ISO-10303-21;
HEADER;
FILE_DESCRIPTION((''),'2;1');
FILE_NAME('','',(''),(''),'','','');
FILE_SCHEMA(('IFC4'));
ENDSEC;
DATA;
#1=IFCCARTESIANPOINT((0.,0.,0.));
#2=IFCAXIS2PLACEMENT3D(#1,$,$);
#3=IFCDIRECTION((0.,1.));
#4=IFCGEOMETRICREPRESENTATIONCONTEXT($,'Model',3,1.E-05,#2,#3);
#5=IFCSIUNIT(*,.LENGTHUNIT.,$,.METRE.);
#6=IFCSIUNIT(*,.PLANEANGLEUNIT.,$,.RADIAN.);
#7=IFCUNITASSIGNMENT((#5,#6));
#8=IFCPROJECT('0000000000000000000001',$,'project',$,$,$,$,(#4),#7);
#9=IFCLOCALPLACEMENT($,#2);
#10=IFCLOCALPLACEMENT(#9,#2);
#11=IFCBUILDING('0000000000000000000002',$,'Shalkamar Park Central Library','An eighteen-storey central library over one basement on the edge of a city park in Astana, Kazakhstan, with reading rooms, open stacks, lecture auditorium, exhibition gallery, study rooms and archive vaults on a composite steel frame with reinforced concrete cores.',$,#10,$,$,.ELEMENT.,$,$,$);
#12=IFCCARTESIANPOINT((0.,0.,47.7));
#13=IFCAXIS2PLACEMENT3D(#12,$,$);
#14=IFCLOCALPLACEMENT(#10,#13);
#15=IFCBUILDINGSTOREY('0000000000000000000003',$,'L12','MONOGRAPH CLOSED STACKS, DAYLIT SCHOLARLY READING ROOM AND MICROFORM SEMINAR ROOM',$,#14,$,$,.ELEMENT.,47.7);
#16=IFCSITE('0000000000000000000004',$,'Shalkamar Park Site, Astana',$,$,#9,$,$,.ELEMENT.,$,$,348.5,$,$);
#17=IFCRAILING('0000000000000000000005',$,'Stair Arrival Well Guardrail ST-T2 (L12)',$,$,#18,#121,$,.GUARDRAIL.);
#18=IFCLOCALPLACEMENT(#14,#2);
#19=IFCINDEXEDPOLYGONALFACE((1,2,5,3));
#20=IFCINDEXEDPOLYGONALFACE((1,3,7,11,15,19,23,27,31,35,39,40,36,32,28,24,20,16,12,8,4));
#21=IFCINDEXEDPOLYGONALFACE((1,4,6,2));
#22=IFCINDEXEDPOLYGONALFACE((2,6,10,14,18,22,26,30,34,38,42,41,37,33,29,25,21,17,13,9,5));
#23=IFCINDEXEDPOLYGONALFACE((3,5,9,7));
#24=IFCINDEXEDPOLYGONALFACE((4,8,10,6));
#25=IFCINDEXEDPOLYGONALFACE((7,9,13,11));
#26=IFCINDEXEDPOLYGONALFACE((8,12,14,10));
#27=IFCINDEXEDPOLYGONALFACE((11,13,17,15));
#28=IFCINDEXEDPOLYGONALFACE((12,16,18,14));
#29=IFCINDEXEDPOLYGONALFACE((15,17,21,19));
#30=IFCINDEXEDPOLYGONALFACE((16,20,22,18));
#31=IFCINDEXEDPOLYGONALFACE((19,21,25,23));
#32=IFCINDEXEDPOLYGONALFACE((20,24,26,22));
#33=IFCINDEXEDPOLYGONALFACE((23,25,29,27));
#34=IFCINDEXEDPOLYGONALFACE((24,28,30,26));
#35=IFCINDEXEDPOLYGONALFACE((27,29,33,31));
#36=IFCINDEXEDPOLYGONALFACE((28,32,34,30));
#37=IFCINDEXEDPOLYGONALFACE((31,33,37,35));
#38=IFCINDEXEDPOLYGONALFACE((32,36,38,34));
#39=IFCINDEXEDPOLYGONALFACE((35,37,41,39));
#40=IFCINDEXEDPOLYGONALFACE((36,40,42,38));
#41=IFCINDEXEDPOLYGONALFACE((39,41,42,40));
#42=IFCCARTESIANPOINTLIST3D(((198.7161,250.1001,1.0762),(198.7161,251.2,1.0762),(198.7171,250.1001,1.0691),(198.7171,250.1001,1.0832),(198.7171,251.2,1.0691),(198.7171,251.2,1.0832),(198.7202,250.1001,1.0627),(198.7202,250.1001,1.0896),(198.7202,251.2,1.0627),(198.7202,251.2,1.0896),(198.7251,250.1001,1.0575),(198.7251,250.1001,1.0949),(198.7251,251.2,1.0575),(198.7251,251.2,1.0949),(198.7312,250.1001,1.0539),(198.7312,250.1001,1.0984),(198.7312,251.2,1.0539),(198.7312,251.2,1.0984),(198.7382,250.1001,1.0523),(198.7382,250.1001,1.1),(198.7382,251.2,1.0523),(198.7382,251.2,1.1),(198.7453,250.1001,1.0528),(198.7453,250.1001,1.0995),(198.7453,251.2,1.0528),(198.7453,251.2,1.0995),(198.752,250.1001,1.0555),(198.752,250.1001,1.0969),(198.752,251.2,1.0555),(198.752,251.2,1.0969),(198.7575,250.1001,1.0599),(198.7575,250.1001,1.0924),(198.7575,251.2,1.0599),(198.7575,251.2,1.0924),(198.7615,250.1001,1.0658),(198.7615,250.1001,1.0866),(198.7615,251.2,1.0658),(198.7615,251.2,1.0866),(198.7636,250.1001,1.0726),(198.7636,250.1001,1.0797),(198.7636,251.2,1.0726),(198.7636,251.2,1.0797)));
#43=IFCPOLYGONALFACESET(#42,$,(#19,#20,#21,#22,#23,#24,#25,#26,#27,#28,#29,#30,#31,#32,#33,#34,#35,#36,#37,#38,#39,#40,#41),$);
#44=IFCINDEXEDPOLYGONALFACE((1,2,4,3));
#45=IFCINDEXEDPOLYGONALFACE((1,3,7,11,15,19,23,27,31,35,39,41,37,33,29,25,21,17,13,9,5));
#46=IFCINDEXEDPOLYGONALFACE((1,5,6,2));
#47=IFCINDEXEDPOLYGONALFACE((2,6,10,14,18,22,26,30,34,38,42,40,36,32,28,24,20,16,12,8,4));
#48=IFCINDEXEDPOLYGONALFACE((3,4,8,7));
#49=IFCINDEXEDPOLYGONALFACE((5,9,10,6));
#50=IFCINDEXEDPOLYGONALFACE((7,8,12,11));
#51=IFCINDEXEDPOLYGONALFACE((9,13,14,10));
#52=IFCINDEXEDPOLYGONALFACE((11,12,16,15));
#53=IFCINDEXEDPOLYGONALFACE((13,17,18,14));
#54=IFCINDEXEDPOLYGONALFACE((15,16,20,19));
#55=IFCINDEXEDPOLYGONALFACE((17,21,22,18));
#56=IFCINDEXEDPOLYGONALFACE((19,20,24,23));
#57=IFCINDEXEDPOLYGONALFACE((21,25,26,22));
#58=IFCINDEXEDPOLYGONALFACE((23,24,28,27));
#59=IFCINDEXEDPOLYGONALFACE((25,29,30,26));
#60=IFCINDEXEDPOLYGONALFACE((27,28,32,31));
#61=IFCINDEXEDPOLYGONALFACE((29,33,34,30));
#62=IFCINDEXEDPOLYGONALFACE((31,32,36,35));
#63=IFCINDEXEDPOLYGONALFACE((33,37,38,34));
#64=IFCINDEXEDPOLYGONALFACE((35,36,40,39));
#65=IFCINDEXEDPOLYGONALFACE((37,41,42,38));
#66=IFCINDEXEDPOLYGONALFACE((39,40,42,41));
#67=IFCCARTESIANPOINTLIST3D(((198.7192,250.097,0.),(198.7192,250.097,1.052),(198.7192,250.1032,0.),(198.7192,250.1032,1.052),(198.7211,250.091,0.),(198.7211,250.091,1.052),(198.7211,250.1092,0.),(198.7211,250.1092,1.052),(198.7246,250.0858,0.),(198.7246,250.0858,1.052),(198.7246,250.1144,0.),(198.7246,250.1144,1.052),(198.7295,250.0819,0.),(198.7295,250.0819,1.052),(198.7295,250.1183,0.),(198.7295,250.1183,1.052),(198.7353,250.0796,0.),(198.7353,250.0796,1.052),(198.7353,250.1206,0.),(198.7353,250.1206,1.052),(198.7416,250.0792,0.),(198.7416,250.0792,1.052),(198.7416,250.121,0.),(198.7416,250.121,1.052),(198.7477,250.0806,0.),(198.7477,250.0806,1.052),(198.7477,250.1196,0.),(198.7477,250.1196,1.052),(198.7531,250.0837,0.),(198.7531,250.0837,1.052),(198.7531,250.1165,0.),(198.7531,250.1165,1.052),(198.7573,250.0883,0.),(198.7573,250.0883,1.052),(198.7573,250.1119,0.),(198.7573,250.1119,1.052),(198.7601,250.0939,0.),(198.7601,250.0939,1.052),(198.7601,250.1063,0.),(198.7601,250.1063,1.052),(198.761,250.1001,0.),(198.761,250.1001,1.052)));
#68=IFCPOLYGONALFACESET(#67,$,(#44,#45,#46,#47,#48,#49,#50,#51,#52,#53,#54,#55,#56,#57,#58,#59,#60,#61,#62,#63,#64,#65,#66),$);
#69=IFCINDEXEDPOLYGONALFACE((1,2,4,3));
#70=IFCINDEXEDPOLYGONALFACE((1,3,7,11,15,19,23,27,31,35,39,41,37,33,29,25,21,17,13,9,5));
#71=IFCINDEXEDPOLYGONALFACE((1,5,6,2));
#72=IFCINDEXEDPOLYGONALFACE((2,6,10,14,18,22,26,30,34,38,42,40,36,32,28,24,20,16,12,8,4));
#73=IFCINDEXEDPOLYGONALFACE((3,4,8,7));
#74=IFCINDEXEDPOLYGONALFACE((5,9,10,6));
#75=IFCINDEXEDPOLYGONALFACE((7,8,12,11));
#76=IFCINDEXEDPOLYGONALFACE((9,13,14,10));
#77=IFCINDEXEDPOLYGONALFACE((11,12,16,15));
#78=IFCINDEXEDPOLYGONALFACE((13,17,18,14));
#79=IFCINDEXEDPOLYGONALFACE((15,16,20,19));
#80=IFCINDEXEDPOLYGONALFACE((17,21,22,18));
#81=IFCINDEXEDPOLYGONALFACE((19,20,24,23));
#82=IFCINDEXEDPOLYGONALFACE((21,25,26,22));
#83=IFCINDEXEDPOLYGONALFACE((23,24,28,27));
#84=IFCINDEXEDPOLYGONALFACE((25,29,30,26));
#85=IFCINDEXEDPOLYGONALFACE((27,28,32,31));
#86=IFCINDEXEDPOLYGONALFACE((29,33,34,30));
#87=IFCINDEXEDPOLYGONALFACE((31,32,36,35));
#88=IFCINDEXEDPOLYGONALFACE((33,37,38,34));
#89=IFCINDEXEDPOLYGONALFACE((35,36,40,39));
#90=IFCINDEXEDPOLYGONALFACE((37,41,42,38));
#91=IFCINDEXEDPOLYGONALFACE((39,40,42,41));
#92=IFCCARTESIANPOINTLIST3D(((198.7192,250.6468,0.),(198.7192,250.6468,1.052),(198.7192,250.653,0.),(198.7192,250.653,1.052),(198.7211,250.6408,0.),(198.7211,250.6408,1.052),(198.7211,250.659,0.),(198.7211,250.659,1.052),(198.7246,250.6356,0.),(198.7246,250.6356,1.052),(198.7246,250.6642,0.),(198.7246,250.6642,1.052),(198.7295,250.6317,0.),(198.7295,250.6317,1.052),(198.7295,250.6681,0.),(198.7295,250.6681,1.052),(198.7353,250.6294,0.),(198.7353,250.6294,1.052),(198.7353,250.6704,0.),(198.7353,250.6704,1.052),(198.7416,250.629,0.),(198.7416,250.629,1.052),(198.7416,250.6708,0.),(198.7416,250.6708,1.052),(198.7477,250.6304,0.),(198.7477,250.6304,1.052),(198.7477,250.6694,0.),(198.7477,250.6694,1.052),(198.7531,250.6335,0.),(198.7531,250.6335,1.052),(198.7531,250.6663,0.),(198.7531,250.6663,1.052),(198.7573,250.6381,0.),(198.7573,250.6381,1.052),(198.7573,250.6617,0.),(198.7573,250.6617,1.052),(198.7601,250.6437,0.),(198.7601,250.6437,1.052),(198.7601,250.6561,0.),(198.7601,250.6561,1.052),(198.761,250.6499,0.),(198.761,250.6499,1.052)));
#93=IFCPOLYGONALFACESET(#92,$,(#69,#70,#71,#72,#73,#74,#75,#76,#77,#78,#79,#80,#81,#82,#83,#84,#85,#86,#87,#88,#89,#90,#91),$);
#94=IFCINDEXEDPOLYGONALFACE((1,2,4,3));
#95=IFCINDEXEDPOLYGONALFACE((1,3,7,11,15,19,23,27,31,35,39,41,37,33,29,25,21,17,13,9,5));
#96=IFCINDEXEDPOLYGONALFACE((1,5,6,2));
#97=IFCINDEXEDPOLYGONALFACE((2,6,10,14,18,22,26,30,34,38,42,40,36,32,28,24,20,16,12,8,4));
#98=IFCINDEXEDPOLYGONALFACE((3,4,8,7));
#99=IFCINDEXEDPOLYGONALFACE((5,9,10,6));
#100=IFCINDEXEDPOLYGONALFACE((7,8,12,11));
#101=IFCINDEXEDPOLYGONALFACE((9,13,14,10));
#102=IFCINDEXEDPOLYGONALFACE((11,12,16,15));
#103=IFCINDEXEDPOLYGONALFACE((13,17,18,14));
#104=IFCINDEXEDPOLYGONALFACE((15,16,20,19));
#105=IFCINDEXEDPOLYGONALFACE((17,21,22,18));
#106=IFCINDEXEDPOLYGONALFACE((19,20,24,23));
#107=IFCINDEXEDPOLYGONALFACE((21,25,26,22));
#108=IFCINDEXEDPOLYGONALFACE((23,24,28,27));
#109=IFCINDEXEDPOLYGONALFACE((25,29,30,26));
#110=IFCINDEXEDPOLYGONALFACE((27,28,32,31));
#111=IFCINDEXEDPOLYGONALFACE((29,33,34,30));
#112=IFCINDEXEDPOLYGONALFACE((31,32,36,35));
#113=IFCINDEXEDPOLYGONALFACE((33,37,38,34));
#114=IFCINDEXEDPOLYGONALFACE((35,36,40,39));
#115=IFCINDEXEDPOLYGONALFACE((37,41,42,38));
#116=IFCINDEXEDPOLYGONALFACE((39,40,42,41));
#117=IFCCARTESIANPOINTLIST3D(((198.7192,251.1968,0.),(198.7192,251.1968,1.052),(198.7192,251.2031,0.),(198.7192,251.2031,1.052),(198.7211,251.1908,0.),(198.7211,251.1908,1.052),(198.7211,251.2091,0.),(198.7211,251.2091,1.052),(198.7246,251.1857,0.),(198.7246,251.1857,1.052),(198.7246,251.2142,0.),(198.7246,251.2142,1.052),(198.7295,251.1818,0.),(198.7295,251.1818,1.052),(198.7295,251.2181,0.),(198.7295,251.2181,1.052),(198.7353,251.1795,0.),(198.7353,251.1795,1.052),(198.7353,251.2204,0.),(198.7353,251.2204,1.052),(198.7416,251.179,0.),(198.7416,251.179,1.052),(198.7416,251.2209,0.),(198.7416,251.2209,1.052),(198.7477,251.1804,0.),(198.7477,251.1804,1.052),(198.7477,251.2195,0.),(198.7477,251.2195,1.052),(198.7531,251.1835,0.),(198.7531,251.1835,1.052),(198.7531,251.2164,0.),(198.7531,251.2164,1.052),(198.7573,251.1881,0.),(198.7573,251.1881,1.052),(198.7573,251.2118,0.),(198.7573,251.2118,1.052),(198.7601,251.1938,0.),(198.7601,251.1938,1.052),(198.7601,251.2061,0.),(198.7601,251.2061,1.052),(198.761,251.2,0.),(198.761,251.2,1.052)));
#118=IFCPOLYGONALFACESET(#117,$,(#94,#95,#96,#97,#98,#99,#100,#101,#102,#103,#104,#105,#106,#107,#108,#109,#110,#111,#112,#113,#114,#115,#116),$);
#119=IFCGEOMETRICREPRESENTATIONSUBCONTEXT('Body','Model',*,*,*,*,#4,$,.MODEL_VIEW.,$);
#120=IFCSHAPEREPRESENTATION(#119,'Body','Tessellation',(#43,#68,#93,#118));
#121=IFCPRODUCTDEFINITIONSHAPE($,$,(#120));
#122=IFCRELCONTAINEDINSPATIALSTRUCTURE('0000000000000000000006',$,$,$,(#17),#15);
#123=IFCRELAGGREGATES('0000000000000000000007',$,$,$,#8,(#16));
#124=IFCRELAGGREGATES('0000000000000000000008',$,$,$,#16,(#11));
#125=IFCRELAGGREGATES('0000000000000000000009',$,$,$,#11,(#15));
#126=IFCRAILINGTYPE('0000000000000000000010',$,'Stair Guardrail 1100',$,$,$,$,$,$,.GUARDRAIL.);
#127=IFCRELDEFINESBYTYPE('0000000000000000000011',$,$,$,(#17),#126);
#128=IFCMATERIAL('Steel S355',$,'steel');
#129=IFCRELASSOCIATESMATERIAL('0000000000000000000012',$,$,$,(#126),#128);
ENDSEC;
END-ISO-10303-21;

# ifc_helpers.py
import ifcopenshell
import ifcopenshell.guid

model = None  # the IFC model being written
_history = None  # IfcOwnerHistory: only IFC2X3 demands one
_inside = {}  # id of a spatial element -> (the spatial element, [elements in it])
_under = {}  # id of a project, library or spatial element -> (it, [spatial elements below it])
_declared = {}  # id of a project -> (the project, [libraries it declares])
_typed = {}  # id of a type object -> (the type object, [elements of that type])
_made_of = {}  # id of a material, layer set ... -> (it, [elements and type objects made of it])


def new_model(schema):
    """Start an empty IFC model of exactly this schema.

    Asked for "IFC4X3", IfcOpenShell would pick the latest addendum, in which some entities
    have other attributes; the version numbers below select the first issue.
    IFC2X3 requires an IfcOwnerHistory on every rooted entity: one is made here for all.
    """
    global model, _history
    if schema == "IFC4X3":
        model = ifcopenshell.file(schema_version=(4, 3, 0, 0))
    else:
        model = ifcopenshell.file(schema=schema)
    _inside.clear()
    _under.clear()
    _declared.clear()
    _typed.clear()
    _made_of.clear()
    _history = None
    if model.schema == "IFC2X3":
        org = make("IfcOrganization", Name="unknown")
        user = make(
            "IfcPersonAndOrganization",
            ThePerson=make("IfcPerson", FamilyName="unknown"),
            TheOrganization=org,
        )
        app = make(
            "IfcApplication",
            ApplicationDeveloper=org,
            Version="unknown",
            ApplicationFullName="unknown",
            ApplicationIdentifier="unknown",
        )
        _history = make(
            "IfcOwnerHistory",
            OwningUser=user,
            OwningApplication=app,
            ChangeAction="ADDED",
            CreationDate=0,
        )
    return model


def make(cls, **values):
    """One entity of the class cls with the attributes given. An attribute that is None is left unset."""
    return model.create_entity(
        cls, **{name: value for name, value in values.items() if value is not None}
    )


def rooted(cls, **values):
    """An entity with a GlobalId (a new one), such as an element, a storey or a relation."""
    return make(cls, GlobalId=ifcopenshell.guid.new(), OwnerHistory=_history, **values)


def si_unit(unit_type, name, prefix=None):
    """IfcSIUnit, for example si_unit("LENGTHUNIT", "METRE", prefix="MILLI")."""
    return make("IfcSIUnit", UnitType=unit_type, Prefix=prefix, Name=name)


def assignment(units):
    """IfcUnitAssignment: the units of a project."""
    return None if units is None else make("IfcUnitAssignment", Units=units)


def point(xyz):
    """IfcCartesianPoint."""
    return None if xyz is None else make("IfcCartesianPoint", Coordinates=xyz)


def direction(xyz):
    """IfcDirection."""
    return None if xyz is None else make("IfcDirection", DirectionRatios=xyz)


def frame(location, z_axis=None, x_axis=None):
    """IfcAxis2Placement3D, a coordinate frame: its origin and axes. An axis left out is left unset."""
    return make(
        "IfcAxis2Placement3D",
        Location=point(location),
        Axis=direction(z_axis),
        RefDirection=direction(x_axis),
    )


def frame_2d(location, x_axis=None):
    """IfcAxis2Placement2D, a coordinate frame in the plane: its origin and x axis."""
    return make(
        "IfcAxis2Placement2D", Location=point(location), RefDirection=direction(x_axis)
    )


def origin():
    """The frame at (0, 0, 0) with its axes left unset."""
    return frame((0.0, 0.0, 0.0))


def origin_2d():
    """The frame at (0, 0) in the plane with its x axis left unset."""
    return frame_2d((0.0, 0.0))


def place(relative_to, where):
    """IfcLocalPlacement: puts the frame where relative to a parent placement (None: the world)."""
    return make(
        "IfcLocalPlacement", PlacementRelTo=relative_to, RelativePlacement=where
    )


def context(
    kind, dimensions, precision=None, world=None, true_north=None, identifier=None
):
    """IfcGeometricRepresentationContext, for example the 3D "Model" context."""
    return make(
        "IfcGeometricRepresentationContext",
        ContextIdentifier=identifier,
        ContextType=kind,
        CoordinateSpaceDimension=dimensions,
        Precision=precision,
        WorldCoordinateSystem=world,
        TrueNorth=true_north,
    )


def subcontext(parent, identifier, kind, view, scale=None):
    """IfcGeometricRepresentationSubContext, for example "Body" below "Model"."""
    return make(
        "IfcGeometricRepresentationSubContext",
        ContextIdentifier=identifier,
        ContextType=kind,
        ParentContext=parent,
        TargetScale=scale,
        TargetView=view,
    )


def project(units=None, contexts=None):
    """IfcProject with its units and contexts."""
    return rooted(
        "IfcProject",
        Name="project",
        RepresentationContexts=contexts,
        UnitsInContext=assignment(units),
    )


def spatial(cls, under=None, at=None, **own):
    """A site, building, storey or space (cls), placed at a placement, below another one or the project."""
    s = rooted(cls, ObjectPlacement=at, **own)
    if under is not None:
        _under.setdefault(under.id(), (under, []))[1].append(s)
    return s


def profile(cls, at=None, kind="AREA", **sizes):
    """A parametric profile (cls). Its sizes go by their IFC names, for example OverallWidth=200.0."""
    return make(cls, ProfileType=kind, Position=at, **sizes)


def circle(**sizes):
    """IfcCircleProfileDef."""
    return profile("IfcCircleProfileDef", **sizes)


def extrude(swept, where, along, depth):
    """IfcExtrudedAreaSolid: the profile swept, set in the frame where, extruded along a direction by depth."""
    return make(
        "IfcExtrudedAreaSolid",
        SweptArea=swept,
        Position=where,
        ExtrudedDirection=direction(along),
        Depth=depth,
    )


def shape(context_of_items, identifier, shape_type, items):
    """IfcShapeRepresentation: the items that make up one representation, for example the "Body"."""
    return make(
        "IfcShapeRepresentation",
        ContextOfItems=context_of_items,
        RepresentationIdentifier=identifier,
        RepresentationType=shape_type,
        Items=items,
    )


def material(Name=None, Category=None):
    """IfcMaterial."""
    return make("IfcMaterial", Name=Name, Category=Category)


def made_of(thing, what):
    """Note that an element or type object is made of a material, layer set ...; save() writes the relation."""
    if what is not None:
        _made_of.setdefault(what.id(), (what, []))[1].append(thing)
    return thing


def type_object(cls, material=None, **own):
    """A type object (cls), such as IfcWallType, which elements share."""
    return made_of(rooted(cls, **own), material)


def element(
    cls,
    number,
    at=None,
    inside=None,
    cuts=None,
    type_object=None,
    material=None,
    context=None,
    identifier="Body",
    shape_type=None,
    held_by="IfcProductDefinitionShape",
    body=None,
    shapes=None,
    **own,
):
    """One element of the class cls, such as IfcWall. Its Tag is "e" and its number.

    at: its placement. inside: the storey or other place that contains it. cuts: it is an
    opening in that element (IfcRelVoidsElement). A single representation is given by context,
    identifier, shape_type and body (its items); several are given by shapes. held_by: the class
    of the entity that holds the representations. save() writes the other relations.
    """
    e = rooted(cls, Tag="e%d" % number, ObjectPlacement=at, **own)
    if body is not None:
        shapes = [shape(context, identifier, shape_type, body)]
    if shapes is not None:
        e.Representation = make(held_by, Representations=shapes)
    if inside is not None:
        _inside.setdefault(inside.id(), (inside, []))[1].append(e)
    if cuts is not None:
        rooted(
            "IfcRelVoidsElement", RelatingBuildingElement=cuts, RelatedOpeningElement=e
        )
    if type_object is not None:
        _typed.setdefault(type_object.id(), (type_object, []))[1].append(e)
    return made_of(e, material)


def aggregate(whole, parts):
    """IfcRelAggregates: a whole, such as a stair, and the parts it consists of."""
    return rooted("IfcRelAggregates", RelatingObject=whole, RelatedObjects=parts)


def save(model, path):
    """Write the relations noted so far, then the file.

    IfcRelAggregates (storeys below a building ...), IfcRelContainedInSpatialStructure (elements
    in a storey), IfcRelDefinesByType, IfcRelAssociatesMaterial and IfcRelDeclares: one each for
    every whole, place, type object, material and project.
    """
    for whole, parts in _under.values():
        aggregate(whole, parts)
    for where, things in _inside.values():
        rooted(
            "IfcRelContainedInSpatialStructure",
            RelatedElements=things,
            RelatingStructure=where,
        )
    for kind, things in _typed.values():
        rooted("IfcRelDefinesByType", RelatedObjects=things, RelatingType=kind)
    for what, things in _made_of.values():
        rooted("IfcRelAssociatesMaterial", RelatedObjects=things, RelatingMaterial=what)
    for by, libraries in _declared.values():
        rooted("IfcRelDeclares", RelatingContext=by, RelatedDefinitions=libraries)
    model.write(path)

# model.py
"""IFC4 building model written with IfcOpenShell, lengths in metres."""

from ifc_helpers import new_model, si_unit, direction, frame, origin, origin_2d, place, context, subcontext, project, spatial, circle, extrude, material, type_object, element, save


model = new_model("IFC4")

# Units and contexts
model_context = context("Model", 3, precision=1e-05, world=origin(), true_north=direction((0.0, 1.0)))
body_context = subcontext(model_context, "Body", "Model", "MODEL_VIEW")
ifc_project = project(units=[si_unit("LENGTHUNIT", "METRE"), si_unit("PLANEANGLEUNIT", "RADIAN")], contexts=[model_context])

# Site, building, storey
site_placement = place(None, origin())
site = spatial("IfcSite", under=ifc_project, at=site_placement, Name="Shalkamar Park Site, Astana", CompositionType="ELEMENT", RefElevation=348.5)
building_placement = place(site_placement, origin())
building = spatial("IfcBuilding", under=site, at=building_placement, Name="Shalkamar Park Central Library", Description="An eighteen-storey central library over one basement on the edge of a city park in Astana, Kazakhstan, with reading rooms, open stacks, lecture auditorium, exhibition gallery, study rooms and archive vaults on a composite steel frame with reinforced concrete cores.", CompositionType="ELEMENT")
storey_placement = place(building_placement, frame((0.0, 0.0, 47.7)))
storey = spatial("IfcBuildingStorey", under=building, at=storey_placement, Name="L12", Description="MONOGRAPH CLOSED STACKS, DAYLIT SCHOLARLY READING ROOM AND MICROFORM SEMINAR ROOM", CompositionType="ELEMENT", Elevation=47.7)

# Shared definitions
ifc_material_1 = material(Name="Steel S355", Category="steel")

# Railing
railing_type_1 = type_object("IfcRailingType", Name="Stair Guardrail 1100", PredefinedType="GUARDRAIL", material=ifc_material_1)
railing_1_placement = place(storey_placement, frame((198.74, 250.1001, 0.0)))
element("IfcRailing", 1, at=railing_1_placement, inside=storey, type_object=railing_type_1, Name="Stair Arrival Well Guardrail ST-T2 (L12)", PredefinedType="GUARDRAIL", context=body_context, shape_type="SweptSolid", body=[
    extrude(circle(Radius=0.0239, at=origin_2d()), frame((0.0, 0.0, 1.0762), z_axis=(0.0, 1.0, 0.0), x_axis=(-1.0, 0.0, 0.0)), (0.0, 0.0, 1.0), 1.0999),
    extrude(circle(Radius=0.021, at=origin_2d()), origin(), (0.0, 0.0, 1.0), 1.052),
    extrude(circle(Radius=0.021, at=origin_2d()), frame((0.0, 0.5498, 0.0)), (0.0, 0.0, 1.0), 1.052),
    extrude(circle(Radius=0.021, at=origin_2d()), frame((0.0, 1.0999, 0.0)), (0.0, 0.0, 1.0), 1.052),
])

save(model, "model.ifc")
